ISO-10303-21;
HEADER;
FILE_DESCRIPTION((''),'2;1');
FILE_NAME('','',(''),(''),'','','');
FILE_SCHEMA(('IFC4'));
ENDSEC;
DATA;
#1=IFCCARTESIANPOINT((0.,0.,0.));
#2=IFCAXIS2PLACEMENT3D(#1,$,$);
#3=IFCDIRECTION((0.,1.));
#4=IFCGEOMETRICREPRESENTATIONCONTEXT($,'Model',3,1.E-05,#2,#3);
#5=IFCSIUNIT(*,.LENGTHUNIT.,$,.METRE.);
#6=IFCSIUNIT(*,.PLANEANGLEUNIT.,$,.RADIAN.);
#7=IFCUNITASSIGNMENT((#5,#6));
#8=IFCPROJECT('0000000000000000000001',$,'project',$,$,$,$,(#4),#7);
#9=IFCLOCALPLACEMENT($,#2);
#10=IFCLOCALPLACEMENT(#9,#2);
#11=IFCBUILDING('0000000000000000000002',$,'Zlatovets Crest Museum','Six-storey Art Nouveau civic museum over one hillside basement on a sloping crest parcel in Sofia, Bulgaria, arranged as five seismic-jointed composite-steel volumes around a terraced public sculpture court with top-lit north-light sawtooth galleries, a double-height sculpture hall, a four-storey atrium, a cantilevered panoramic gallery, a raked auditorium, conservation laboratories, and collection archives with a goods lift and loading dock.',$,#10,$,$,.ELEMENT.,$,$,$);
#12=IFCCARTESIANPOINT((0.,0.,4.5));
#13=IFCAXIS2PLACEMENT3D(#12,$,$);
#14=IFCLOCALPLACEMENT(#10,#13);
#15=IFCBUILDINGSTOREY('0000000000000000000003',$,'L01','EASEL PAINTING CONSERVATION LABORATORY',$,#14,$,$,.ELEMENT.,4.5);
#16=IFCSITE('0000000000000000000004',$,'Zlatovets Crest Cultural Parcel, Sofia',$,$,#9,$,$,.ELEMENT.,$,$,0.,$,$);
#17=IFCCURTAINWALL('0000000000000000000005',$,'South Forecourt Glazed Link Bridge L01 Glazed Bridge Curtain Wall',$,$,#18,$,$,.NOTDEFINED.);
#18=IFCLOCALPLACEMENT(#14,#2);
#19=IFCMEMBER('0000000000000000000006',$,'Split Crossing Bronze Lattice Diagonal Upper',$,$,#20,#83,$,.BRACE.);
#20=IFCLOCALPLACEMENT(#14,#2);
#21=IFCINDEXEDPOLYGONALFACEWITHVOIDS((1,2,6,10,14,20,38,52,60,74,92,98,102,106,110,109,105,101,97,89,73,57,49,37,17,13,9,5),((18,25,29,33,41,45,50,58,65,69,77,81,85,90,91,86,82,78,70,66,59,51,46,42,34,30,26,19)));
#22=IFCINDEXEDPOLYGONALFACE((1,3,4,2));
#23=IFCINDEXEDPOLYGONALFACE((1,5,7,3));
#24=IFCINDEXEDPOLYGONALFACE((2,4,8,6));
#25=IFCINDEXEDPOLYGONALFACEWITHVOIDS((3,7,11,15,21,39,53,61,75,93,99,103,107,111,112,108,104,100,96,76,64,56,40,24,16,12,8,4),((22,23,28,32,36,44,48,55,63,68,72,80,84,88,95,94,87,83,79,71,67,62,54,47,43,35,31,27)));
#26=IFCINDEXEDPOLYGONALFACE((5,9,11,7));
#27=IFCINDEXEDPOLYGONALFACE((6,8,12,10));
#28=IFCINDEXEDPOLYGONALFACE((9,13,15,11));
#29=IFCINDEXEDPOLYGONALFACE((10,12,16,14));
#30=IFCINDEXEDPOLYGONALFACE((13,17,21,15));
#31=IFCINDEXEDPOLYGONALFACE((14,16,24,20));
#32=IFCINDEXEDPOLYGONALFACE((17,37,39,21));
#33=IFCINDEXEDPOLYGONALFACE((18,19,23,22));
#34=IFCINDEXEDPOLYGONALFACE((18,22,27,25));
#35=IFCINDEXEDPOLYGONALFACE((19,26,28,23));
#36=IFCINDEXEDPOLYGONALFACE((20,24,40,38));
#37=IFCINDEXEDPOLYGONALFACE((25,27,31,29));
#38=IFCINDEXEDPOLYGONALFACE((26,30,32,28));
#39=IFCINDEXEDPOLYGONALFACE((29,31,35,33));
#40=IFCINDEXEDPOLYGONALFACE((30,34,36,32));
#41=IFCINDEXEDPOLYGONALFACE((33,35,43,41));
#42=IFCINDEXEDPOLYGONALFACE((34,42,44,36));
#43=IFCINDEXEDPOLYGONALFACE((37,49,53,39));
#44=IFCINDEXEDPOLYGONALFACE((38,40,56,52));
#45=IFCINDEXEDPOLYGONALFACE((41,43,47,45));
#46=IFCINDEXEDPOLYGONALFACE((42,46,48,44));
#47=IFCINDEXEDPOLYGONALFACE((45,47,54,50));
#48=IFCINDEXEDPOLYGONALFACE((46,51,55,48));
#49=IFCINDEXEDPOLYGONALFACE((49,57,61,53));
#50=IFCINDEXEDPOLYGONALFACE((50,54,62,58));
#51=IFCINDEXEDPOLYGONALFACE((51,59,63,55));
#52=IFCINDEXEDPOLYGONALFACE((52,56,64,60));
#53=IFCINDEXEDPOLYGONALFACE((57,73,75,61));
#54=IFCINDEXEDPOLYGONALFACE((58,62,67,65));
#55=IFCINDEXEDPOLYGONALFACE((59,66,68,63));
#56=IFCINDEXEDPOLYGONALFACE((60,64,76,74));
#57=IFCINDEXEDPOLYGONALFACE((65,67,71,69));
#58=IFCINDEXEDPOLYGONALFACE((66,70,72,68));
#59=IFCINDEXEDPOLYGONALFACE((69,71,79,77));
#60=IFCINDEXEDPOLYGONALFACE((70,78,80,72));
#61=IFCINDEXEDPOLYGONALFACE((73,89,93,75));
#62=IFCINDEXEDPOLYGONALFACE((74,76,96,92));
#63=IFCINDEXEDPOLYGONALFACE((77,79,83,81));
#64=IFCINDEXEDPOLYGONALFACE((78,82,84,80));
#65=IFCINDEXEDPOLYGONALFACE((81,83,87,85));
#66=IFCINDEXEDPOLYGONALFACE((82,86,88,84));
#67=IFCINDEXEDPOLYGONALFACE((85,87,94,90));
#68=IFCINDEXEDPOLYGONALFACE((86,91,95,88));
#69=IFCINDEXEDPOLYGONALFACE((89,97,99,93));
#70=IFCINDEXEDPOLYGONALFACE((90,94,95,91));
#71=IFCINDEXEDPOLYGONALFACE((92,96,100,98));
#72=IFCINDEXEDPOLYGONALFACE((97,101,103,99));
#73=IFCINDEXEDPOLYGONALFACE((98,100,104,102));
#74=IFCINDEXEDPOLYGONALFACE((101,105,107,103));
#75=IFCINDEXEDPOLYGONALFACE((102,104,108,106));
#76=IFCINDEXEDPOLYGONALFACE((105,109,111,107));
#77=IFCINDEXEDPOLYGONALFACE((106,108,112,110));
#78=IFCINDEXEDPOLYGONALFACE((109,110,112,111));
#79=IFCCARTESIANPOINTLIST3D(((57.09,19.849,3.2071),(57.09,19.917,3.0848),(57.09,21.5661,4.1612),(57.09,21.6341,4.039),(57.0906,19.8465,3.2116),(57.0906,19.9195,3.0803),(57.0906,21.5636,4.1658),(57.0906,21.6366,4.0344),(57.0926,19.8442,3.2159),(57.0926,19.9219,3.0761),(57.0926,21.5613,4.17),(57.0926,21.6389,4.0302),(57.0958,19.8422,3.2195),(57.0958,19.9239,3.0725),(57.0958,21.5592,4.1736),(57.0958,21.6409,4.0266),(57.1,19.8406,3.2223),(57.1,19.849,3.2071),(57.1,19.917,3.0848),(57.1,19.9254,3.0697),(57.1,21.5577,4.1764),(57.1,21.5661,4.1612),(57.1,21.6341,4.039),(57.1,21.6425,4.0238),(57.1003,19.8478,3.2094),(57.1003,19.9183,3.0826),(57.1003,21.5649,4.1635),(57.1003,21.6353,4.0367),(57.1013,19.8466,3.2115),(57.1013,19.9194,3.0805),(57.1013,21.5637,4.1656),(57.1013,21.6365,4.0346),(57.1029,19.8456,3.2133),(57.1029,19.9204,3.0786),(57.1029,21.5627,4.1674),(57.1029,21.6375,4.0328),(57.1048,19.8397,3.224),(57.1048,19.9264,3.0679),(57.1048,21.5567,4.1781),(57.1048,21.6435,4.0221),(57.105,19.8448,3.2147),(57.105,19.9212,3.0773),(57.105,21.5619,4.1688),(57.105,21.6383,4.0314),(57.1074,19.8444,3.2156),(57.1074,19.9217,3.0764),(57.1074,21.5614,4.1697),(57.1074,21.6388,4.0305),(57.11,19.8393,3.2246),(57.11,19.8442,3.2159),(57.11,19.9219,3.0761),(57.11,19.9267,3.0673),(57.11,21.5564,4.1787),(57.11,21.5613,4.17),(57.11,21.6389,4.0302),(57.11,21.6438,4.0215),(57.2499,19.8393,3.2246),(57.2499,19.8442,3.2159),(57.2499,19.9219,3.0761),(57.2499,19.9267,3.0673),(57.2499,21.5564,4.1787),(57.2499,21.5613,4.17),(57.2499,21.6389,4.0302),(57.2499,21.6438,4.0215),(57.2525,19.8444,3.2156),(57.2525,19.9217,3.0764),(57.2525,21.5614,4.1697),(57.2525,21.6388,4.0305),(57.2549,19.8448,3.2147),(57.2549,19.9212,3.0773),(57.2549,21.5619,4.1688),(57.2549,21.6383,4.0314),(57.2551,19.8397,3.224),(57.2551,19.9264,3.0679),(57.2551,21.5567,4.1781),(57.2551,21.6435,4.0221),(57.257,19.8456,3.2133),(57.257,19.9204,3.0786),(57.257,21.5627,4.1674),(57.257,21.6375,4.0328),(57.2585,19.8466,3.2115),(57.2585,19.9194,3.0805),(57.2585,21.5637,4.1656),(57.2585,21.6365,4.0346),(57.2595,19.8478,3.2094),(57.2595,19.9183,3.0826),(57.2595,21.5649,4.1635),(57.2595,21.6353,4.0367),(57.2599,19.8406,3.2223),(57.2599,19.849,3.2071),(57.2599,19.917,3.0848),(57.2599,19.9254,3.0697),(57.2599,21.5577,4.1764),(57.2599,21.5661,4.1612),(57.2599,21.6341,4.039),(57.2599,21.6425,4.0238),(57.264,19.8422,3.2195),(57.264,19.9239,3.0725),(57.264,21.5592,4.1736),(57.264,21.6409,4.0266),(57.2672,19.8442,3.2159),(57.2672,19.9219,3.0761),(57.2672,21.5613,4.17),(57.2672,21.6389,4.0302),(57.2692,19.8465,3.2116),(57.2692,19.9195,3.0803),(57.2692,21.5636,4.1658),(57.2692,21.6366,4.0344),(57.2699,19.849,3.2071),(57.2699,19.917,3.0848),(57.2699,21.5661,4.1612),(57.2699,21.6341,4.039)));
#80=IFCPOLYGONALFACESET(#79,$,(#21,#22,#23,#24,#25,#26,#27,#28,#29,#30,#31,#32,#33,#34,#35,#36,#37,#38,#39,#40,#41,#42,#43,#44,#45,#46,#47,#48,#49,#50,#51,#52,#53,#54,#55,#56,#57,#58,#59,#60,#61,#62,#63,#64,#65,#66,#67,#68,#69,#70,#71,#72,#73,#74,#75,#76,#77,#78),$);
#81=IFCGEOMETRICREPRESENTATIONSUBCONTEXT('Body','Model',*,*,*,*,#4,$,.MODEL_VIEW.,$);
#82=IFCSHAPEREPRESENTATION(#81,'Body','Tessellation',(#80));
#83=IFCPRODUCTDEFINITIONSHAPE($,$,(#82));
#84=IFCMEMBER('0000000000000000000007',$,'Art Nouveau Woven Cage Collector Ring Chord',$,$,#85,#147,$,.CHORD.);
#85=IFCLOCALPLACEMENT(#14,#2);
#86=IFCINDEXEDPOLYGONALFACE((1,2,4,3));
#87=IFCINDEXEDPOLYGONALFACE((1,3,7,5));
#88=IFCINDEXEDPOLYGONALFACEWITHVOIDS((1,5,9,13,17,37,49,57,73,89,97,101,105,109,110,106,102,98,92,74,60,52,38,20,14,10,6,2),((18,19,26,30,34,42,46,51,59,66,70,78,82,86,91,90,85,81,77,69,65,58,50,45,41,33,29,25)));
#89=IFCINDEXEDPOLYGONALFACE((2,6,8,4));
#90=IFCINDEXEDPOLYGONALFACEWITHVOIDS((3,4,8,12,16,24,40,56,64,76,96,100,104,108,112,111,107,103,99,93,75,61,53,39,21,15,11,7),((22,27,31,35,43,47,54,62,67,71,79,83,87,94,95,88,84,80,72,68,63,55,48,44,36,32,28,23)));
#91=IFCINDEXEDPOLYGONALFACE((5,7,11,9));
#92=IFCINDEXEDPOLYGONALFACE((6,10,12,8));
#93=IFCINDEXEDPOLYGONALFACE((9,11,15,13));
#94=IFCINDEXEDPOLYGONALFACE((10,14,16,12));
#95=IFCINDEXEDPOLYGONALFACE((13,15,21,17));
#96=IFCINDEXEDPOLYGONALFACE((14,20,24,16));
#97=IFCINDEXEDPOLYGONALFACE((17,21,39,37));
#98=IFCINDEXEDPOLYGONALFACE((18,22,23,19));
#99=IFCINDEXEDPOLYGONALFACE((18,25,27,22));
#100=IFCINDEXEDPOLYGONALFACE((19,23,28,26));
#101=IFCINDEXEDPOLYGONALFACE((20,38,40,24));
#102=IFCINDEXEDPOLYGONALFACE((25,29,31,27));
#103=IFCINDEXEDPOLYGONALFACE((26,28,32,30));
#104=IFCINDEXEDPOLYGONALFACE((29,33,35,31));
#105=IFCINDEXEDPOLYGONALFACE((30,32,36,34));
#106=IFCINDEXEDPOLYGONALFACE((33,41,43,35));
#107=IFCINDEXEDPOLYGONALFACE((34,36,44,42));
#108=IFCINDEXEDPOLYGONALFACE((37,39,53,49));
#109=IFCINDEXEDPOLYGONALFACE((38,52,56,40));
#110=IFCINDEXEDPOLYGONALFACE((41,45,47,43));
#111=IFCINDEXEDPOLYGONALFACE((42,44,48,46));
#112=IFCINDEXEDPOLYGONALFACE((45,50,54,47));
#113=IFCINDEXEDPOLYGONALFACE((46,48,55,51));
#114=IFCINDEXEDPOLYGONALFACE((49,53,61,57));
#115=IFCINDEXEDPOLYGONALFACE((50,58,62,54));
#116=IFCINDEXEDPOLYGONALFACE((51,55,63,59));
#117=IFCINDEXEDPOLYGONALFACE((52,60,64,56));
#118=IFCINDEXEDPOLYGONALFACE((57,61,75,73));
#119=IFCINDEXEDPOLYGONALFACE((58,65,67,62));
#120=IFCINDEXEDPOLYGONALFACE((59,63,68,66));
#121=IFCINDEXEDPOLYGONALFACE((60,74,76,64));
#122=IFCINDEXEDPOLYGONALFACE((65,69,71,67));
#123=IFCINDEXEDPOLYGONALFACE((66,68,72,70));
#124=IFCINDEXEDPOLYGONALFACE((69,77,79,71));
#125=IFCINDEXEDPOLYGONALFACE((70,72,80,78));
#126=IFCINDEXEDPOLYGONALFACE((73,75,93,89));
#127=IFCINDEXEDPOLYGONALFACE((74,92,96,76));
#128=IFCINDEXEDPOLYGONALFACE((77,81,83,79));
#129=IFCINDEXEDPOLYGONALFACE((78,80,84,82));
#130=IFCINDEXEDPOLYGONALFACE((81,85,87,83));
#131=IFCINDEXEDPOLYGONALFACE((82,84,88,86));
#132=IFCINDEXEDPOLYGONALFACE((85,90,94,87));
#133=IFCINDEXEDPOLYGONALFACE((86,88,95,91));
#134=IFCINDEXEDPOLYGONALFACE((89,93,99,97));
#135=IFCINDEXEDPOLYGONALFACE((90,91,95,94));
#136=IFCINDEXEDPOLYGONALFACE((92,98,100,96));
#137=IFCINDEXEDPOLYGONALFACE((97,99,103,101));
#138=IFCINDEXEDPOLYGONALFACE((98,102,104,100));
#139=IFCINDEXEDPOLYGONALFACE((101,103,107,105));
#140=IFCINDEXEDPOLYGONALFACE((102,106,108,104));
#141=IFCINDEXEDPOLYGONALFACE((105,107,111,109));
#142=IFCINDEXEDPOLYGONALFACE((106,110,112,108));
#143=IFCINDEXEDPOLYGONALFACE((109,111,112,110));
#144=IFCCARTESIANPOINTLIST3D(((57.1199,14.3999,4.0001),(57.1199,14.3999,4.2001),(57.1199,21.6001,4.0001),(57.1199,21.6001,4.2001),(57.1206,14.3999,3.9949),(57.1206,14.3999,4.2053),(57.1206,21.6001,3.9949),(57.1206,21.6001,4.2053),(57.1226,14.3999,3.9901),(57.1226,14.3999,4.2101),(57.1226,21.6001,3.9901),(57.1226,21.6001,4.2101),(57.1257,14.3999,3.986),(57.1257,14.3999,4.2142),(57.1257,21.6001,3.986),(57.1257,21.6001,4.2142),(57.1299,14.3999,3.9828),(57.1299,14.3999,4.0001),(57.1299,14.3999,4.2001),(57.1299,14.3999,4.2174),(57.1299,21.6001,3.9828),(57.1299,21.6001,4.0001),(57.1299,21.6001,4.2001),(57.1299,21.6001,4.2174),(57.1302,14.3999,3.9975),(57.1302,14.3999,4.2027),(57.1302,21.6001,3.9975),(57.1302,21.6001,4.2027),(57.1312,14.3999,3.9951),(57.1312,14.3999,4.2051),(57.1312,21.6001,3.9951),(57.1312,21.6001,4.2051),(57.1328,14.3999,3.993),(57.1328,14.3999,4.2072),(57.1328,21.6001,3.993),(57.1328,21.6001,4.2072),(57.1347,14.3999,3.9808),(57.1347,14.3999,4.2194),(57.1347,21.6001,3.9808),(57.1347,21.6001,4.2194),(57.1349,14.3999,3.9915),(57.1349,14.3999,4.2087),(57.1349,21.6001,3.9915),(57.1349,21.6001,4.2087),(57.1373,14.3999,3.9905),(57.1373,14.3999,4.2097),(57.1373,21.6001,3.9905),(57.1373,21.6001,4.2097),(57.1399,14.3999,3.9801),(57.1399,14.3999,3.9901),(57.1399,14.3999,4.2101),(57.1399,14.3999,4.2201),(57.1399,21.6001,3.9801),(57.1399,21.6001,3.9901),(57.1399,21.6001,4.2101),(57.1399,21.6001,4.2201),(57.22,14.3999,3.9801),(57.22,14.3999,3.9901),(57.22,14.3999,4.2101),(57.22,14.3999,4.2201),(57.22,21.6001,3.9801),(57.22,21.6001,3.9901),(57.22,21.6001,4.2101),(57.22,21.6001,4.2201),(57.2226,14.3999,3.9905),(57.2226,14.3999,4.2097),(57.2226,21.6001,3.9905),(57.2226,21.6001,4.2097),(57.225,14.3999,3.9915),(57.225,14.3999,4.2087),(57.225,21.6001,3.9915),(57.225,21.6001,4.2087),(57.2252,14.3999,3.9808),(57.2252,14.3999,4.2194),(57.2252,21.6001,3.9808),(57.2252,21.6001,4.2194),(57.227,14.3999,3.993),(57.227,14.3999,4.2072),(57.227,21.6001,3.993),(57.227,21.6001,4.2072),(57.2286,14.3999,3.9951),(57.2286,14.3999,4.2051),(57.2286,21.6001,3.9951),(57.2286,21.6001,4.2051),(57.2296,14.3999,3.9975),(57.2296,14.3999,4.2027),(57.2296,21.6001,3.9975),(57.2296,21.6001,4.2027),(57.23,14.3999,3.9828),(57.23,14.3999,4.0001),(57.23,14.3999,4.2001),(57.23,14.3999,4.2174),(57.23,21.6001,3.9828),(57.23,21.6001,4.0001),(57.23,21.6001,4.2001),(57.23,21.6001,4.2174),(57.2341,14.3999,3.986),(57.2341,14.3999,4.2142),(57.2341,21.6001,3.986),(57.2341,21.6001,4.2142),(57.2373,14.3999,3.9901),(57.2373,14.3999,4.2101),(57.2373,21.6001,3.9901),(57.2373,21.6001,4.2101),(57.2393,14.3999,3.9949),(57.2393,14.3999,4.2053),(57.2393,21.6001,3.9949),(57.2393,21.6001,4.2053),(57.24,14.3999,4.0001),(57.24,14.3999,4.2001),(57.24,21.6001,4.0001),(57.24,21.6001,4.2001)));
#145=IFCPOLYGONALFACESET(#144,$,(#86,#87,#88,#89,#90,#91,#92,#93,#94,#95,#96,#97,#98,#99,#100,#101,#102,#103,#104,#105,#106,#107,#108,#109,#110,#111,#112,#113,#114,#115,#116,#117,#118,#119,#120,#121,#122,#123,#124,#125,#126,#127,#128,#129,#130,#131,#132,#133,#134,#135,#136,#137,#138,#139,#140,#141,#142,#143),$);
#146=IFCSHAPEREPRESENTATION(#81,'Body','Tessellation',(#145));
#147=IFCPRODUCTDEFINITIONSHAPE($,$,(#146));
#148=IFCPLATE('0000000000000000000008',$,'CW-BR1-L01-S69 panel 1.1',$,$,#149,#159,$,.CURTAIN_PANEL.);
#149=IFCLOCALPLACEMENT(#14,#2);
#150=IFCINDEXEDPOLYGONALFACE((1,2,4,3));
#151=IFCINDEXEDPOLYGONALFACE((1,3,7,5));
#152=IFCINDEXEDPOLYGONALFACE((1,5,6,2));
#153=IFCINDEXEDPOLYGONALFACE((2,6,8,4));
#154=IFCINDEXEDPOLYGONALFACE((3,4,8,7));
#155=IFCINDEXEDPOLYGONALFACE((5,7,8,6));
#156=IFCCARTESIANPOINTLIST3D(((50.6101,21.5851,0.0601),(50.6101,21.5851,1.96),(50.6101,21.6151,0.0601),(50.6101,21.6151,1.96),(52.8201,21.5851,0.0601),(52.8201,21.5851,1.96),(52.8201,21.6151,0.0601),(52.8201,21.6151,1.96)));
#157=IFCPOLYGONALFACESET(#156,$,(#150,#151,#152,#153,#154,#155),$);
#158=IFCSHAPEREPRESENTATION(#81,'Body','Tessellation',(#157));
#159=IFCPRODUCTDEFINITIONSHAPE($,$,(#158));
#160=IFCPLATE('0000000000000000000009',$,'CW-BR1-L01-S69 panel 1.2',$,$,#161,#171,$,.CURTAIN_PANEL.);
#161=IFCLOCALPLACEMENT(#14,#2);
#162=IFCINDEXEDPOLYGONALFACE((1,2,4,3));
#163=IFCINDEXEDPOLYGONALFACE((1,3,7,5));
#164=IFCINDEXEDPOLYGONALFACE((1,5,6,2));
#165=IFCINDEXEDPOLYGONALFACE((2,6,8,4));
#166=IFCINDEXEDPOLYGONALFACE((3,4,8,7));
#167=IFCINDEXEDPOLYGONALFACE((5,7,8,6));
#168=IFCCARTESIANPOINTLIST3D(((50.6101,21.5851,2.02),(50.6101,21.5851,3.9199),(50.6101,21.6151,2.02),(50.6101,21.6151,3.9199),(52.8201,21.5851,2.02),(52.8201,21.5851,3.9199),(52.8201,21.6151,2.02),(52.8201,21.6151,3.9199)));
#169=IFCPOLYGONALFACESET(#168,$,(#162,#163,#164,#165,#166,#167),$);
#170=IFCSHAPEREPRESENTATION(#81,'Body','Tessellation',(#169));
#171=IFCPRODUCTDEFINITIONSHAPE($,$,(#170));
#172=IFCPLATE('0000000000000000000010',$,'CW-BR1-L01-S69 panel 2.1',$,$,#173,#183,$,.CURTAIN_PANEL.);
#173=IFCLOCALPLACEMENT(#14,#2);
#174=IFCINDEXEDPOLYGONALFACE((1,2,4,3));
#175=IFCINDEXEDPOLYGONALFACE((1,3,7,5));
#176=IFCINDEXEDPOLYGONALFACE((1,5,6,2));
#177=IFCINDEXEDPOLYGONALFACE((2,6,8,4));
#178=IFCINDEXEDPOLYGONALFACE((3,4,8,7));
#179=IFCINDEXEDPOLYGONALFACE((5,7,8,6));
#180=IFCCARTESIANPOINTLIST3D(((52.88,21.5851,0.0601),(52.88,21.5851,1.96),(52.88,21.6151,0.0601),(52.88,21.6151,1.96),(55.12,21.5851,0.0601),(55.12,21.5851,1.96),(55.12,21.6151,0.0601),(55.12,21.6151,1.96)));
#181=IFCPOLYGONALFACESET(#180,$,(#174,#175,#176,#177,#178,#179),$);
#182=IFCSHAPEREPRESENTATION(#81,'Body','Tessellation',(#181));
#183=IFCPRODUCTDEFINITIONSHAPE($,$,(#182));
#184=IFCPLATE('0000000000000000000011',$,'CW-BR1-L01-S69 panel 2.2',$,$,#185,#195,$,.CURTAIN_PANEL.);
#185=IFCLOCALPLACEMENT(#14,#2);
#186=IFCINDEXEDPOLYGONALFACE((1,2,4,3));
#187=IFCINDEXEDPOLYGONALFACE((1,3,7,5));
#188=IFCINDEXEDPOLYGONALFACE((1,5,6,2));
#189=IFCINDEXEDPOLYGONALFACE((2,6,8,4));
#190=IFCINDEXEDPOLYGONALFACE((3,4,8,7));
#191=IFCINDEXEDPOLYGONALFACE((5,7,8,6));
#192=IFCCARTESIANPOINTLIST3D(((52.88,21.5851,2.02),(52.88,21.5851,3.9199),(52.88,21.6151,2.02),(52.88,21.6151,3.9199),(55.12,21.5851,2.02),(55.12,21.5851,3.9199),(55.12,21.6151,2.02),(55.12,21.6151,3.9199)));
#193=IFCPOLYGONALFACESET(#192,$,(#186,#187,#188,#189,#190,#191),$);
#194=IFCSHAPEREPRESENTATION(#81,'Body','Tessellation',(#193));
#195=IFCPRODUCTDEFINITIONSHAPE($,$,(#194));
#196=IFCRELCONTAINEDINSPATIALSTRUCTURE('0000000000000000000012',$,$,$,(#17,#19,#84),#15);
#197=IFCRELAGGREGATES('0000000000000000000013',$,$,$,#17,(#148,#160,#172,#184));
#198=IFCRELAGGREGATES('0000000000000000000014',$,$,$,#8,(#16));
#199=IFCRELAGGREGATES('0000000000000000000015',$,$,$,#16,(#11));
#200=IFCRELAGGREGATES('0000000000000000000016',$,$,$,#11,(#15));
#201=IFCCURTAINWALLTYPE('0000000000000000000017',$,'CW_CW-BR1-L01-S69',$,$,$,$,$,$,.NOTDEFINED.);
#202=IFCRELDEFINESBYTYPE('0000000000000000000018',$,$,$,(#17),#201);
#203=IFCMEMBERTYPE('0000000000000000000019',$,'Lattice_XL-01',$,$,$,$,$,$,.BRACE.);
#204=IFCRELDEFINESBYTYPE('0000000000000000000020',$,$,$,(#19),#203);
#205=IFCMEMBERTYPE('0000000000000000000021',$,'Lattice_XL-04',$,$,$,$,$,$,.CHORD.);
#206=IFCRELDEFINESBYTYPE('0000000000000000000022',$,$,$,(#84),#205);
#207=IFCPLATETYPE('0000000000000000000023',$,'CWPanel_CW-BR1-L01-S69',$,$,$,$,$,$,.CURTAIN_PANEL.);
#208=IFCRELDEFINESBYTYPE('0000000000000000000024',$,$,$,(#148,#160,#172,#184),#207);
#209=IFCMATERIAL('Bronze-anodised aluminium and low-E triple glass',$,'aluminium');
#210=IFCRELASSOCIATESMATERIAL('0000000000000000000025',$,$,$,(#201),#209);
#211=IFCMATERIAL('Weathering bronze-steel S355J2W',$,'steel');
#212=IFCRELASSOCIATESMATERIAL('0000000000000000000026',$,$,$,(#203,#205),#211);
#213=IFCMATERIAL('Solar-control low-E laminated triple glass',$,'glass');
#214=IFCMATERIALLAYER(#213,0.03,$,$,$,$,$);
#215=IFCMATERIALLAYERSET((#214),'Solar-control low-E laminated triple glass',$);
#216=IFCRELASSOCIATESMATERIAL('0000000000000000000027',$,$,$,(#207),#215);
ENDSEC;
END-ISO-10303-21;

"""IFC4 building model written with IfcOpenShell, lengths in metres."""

from ifc_helpers import new_model, si_unit, direction, frame, origin, origin_2d, place, context, subcontext, project, spatial, rectangle, hollow_rectangle, extrude, material, layer, layer_set, material_profile, profile_set, type_object, element, aggregate, save


model = new_model("IFC4")

# Units and contexts
model_context = context("Model", 3, precision=1e-05, world=origin(), true_north=direction((0.0, 1.0)))
body_context = subcontext(model_context, "Body", "Model", "MODEL_VIEW")
ifc_project = project(units=[si_unit("LENGTHUNIT", "METRE"), si_unit("PLANEANGLEUNIT", "RADIAN")], contexts=[model_context])

# Site, building, storey
site_placement = place(None, origin())
site = spatial("IfcSite", under=ifc_project, at=site_placement, Name="Zlatovets Crest Cultural Parcel, Sofia", CompositionType="ELEMENT", RefElevation=0.0)
building_placement = place(site_placement, origin())
building = spatial("IfcBuilding", under=site, at=building_placement, Name="Zlatovets Crest Museum", Description="Six-storey Art Nouveau civic museum over one hillside basement on a sloping crest parcel in Sofia, Bulgaria, arranged as five seismic-jointed composite-steel volumes around a terraced public sculpture court with top-lit north-light sawtooth galleries, a double-height sculpture hall, a four-storey atrium, a cantilevered panoramic gallery, a raked auditorium, conservation laboratories, and collection archives with a goods lift and loading dock.", CompositionType="ELEMENT")
storey_placement = place(building_placement, frame((0.0, 0.0, 4.5)))
storey = spatial("IfcBuildingStorey", under=building, at=storey_placement, Name="L01", Description="EASEL PAINTING CONSERVATION LABORATORY", CompositionType="ELEMENT", Elevation=4.5)

# Curtain wall
ifc_material_1 = material(Name="Bronze-anodised aluminium and low-E triple glass", Category="aluminium")
curtain_wall_type = type_object("IfcCurtainWallType", Name="CW_CW-BR1-L01-S69", PredefinedType="NOTDEFINED", material=ifc_material_1)
curtain_wall_1_placement = place(storey_placement, origin())
curtain_wall_1 = element("IfcCurtainWall", 1, at=curtain_wall_1_placement, inside=storey, type_object=curtain_wall_type, Name="South Forecourt Glazed Link Bridge L01 Glazed Bridge Curtain Wall", PredefinedType="NOTDEFINED")

# Members
ifc_material_2 = material(Name="Weathering bronze-steel S355J2W", Category="steel")
ifc_material_profile_1 = material_profile(ifc_material_2, hollow_rectangle(XDim=0.1799, YDim=0.1799, WallThickness=0.01, InnerFilletRadius=0.01, OuterFilletRadius=0.02, at=origin_2d()), Name="SHS 180x180x10.0")
ifc_profile_set_1 = profile_set([ifc_material_profile_1], Name="Weathering bronze-steel S355J2W")
member_type_1 = type_object("IfcMemberType", Name="Lattice_XL-01", PredefinedType="BRACE", material=ifc_profile_set_1)
member_1_placement = place(storey_placement, frame((57.1799, 21.6001, 4.1001), z_axis=(0.0, -0.874116, -0.485717), x_axis=(1.0, 0.0, 0.0)))
element("IfcMember", 2, at=member_1_placement, inside=storey, type_object=member_type_1, Name="Split Crossing Bronze Lattice Diagonal Upper", PredefinedType="BRACE", context=body_context, shape_type="SweptSolid", body=[
    extrude(hollow_rectangle(XDim=0.1799, YDim=0.1799, WallThickness=0.01, InnerFilletRadius=0.01, OuterFilletRadius=0.02, at=origin_2d()), origin(), (0.0, 0.0, 1.0), 1.9644),
])
ifc_material_profile_2 = material_profile(ifc_material_2, hollow_rectangle(XDim=0.1201, YDim=0.24, WallThickness=0.01, InnerFilletRadius=0.01, OuterFilletRadius=0.02, at=origin_2d()), Name="RHS 120x240x10.0")
ifc_profile_set_2 = profile_set([ifc_material_profile_2], Name="Weathering bronze-steel S355J2W")
member_type_2 = type_object("IfcMemberType", Name="Lattice_XL-04", PredefinedType="CHORD", material=ifc_profile_set_2)
member_2_placement = place(storey_placement, frame((57.1799, 21.6001, 4.1001), z_axis=(0.0, -1.0, 0.0), x_axis=(1.0, 0.0, 0.0)))
element("IfcMember", 3, at=member_2_placement, inside=storey, type_object=member_type_2, Name="Art Nouveau Woven Cage Collector Ring Chord", PredefinedType="CHORD", context=body_context, shape_type="SweptSolid", body=[
    extrude(hollow_rectangle(XDim=0.1201, YDim=0.24, WallThickness=0.01, InnerFilletRadius=0.01, OuterFilletRadius=0.02, at=origin_2d()), origin(), (0.0, 0.0, 1.0), 7.2002),
])

# Plates
ifc_material_3 = material(Name="Solar-control low-E laminated triple glass", Category="glass")
ifc_layer = layer(ifc_material_3, 0.03)
ifc_layer_set = layer_set([ifc_layer], Name="Solar-control low-E laminated triple glass")
plate_type = type_object("IfcPlateType", Name="CWPanel_CW-BR1-L01-S69", PredefinedType="CURTAIN_PANEL", material=ifc_layer_set)
plate_1_placement = place(storey_placement, frame((51.7151, 21.6001, 0.0601), z_axis=(0.0, 0.0, 1.0), x_axis=(1.0, 0.0, 0.0)))
plate_1 = element("IfcPlate", 4, at=plate_1_placement, type_object=plate_type, Name="CW-BR1-L01-S69 panel 1.1", PredefinedType="CURTAIN_PANEL", context=body_context, shape_type="SweptSolid", body=[
    extrude(rectangle(XDim=2.21, YDim=0.03, at=origin_2d()), origin(), (0.0, 0.0, 1.0), 1.8999),
])
plate_2_placement = place(storey_placement, frame((51.7151, 21.6001, 2.02), z_axis=(0.0, 0.0, 1.0), x_axis=(1.0, 0.0, 0.0)))
plate_2 = element("IfcPlate", 5, at=plate_2_placement, type_object=plate_type, Name="CW-BR1-L01-S69 panel 1.2", PredefinedType="CURTAIN_PANEL", context=body_context, shape_type="SweptSolid", body=[
    extrude(rectangle(XDim=2.21, YDim=0.03, at=origin_2d()), origin(), (0.0, 0.0, 1.0), 1.8999),
])
plate_3_placement = place(storey_placement, frame((54.0, 21.6001, 0.0601), z_axis=(0.0, 0.0, 1.0), x_axis=(1.0, 0.0, 0.0)))
plate_3 = element("IfcPlate", 6, at=plate_3_placement, type_object=plate_type, Name="CW-BR1-L01-S69 panel 2.1", PredefinedType="CURTAIN_PANEL", context=body_context, shape_type="SweptSolid", body=[
    extrude(rectangle(XDim=2.24, YDim=0.03, at=origin_2d()), origin(), (0.0, 0.0, 1.0), 1.8999),
])
plate_4_placement = place(storey_placement, frame((54.0, 21.6001, 2.02), z_axis=(0.0, 0.0, 1.0), x_axis=(1.0, 0.0, 0.0)))
plate_4 = element("IfcPlate", 7, at=plate_4_placement, type_object=plate_type, Name="CW-BR1-L01-S69 panel 2.2", PredefinedType="CURTAIN_PANEL", context=body_context, shape_type="SweptSolid", body=[
    extrude(rectangle(XDim=2.24, YDim=0.03, at=origin_2d()), origin(), (0.0, 0.0, 1.0), 1.8999),
])
aggregate(curtain_wall_1, [plate_1, plate_2, plate_3, plate_4])

save(model, "model.ifc")
